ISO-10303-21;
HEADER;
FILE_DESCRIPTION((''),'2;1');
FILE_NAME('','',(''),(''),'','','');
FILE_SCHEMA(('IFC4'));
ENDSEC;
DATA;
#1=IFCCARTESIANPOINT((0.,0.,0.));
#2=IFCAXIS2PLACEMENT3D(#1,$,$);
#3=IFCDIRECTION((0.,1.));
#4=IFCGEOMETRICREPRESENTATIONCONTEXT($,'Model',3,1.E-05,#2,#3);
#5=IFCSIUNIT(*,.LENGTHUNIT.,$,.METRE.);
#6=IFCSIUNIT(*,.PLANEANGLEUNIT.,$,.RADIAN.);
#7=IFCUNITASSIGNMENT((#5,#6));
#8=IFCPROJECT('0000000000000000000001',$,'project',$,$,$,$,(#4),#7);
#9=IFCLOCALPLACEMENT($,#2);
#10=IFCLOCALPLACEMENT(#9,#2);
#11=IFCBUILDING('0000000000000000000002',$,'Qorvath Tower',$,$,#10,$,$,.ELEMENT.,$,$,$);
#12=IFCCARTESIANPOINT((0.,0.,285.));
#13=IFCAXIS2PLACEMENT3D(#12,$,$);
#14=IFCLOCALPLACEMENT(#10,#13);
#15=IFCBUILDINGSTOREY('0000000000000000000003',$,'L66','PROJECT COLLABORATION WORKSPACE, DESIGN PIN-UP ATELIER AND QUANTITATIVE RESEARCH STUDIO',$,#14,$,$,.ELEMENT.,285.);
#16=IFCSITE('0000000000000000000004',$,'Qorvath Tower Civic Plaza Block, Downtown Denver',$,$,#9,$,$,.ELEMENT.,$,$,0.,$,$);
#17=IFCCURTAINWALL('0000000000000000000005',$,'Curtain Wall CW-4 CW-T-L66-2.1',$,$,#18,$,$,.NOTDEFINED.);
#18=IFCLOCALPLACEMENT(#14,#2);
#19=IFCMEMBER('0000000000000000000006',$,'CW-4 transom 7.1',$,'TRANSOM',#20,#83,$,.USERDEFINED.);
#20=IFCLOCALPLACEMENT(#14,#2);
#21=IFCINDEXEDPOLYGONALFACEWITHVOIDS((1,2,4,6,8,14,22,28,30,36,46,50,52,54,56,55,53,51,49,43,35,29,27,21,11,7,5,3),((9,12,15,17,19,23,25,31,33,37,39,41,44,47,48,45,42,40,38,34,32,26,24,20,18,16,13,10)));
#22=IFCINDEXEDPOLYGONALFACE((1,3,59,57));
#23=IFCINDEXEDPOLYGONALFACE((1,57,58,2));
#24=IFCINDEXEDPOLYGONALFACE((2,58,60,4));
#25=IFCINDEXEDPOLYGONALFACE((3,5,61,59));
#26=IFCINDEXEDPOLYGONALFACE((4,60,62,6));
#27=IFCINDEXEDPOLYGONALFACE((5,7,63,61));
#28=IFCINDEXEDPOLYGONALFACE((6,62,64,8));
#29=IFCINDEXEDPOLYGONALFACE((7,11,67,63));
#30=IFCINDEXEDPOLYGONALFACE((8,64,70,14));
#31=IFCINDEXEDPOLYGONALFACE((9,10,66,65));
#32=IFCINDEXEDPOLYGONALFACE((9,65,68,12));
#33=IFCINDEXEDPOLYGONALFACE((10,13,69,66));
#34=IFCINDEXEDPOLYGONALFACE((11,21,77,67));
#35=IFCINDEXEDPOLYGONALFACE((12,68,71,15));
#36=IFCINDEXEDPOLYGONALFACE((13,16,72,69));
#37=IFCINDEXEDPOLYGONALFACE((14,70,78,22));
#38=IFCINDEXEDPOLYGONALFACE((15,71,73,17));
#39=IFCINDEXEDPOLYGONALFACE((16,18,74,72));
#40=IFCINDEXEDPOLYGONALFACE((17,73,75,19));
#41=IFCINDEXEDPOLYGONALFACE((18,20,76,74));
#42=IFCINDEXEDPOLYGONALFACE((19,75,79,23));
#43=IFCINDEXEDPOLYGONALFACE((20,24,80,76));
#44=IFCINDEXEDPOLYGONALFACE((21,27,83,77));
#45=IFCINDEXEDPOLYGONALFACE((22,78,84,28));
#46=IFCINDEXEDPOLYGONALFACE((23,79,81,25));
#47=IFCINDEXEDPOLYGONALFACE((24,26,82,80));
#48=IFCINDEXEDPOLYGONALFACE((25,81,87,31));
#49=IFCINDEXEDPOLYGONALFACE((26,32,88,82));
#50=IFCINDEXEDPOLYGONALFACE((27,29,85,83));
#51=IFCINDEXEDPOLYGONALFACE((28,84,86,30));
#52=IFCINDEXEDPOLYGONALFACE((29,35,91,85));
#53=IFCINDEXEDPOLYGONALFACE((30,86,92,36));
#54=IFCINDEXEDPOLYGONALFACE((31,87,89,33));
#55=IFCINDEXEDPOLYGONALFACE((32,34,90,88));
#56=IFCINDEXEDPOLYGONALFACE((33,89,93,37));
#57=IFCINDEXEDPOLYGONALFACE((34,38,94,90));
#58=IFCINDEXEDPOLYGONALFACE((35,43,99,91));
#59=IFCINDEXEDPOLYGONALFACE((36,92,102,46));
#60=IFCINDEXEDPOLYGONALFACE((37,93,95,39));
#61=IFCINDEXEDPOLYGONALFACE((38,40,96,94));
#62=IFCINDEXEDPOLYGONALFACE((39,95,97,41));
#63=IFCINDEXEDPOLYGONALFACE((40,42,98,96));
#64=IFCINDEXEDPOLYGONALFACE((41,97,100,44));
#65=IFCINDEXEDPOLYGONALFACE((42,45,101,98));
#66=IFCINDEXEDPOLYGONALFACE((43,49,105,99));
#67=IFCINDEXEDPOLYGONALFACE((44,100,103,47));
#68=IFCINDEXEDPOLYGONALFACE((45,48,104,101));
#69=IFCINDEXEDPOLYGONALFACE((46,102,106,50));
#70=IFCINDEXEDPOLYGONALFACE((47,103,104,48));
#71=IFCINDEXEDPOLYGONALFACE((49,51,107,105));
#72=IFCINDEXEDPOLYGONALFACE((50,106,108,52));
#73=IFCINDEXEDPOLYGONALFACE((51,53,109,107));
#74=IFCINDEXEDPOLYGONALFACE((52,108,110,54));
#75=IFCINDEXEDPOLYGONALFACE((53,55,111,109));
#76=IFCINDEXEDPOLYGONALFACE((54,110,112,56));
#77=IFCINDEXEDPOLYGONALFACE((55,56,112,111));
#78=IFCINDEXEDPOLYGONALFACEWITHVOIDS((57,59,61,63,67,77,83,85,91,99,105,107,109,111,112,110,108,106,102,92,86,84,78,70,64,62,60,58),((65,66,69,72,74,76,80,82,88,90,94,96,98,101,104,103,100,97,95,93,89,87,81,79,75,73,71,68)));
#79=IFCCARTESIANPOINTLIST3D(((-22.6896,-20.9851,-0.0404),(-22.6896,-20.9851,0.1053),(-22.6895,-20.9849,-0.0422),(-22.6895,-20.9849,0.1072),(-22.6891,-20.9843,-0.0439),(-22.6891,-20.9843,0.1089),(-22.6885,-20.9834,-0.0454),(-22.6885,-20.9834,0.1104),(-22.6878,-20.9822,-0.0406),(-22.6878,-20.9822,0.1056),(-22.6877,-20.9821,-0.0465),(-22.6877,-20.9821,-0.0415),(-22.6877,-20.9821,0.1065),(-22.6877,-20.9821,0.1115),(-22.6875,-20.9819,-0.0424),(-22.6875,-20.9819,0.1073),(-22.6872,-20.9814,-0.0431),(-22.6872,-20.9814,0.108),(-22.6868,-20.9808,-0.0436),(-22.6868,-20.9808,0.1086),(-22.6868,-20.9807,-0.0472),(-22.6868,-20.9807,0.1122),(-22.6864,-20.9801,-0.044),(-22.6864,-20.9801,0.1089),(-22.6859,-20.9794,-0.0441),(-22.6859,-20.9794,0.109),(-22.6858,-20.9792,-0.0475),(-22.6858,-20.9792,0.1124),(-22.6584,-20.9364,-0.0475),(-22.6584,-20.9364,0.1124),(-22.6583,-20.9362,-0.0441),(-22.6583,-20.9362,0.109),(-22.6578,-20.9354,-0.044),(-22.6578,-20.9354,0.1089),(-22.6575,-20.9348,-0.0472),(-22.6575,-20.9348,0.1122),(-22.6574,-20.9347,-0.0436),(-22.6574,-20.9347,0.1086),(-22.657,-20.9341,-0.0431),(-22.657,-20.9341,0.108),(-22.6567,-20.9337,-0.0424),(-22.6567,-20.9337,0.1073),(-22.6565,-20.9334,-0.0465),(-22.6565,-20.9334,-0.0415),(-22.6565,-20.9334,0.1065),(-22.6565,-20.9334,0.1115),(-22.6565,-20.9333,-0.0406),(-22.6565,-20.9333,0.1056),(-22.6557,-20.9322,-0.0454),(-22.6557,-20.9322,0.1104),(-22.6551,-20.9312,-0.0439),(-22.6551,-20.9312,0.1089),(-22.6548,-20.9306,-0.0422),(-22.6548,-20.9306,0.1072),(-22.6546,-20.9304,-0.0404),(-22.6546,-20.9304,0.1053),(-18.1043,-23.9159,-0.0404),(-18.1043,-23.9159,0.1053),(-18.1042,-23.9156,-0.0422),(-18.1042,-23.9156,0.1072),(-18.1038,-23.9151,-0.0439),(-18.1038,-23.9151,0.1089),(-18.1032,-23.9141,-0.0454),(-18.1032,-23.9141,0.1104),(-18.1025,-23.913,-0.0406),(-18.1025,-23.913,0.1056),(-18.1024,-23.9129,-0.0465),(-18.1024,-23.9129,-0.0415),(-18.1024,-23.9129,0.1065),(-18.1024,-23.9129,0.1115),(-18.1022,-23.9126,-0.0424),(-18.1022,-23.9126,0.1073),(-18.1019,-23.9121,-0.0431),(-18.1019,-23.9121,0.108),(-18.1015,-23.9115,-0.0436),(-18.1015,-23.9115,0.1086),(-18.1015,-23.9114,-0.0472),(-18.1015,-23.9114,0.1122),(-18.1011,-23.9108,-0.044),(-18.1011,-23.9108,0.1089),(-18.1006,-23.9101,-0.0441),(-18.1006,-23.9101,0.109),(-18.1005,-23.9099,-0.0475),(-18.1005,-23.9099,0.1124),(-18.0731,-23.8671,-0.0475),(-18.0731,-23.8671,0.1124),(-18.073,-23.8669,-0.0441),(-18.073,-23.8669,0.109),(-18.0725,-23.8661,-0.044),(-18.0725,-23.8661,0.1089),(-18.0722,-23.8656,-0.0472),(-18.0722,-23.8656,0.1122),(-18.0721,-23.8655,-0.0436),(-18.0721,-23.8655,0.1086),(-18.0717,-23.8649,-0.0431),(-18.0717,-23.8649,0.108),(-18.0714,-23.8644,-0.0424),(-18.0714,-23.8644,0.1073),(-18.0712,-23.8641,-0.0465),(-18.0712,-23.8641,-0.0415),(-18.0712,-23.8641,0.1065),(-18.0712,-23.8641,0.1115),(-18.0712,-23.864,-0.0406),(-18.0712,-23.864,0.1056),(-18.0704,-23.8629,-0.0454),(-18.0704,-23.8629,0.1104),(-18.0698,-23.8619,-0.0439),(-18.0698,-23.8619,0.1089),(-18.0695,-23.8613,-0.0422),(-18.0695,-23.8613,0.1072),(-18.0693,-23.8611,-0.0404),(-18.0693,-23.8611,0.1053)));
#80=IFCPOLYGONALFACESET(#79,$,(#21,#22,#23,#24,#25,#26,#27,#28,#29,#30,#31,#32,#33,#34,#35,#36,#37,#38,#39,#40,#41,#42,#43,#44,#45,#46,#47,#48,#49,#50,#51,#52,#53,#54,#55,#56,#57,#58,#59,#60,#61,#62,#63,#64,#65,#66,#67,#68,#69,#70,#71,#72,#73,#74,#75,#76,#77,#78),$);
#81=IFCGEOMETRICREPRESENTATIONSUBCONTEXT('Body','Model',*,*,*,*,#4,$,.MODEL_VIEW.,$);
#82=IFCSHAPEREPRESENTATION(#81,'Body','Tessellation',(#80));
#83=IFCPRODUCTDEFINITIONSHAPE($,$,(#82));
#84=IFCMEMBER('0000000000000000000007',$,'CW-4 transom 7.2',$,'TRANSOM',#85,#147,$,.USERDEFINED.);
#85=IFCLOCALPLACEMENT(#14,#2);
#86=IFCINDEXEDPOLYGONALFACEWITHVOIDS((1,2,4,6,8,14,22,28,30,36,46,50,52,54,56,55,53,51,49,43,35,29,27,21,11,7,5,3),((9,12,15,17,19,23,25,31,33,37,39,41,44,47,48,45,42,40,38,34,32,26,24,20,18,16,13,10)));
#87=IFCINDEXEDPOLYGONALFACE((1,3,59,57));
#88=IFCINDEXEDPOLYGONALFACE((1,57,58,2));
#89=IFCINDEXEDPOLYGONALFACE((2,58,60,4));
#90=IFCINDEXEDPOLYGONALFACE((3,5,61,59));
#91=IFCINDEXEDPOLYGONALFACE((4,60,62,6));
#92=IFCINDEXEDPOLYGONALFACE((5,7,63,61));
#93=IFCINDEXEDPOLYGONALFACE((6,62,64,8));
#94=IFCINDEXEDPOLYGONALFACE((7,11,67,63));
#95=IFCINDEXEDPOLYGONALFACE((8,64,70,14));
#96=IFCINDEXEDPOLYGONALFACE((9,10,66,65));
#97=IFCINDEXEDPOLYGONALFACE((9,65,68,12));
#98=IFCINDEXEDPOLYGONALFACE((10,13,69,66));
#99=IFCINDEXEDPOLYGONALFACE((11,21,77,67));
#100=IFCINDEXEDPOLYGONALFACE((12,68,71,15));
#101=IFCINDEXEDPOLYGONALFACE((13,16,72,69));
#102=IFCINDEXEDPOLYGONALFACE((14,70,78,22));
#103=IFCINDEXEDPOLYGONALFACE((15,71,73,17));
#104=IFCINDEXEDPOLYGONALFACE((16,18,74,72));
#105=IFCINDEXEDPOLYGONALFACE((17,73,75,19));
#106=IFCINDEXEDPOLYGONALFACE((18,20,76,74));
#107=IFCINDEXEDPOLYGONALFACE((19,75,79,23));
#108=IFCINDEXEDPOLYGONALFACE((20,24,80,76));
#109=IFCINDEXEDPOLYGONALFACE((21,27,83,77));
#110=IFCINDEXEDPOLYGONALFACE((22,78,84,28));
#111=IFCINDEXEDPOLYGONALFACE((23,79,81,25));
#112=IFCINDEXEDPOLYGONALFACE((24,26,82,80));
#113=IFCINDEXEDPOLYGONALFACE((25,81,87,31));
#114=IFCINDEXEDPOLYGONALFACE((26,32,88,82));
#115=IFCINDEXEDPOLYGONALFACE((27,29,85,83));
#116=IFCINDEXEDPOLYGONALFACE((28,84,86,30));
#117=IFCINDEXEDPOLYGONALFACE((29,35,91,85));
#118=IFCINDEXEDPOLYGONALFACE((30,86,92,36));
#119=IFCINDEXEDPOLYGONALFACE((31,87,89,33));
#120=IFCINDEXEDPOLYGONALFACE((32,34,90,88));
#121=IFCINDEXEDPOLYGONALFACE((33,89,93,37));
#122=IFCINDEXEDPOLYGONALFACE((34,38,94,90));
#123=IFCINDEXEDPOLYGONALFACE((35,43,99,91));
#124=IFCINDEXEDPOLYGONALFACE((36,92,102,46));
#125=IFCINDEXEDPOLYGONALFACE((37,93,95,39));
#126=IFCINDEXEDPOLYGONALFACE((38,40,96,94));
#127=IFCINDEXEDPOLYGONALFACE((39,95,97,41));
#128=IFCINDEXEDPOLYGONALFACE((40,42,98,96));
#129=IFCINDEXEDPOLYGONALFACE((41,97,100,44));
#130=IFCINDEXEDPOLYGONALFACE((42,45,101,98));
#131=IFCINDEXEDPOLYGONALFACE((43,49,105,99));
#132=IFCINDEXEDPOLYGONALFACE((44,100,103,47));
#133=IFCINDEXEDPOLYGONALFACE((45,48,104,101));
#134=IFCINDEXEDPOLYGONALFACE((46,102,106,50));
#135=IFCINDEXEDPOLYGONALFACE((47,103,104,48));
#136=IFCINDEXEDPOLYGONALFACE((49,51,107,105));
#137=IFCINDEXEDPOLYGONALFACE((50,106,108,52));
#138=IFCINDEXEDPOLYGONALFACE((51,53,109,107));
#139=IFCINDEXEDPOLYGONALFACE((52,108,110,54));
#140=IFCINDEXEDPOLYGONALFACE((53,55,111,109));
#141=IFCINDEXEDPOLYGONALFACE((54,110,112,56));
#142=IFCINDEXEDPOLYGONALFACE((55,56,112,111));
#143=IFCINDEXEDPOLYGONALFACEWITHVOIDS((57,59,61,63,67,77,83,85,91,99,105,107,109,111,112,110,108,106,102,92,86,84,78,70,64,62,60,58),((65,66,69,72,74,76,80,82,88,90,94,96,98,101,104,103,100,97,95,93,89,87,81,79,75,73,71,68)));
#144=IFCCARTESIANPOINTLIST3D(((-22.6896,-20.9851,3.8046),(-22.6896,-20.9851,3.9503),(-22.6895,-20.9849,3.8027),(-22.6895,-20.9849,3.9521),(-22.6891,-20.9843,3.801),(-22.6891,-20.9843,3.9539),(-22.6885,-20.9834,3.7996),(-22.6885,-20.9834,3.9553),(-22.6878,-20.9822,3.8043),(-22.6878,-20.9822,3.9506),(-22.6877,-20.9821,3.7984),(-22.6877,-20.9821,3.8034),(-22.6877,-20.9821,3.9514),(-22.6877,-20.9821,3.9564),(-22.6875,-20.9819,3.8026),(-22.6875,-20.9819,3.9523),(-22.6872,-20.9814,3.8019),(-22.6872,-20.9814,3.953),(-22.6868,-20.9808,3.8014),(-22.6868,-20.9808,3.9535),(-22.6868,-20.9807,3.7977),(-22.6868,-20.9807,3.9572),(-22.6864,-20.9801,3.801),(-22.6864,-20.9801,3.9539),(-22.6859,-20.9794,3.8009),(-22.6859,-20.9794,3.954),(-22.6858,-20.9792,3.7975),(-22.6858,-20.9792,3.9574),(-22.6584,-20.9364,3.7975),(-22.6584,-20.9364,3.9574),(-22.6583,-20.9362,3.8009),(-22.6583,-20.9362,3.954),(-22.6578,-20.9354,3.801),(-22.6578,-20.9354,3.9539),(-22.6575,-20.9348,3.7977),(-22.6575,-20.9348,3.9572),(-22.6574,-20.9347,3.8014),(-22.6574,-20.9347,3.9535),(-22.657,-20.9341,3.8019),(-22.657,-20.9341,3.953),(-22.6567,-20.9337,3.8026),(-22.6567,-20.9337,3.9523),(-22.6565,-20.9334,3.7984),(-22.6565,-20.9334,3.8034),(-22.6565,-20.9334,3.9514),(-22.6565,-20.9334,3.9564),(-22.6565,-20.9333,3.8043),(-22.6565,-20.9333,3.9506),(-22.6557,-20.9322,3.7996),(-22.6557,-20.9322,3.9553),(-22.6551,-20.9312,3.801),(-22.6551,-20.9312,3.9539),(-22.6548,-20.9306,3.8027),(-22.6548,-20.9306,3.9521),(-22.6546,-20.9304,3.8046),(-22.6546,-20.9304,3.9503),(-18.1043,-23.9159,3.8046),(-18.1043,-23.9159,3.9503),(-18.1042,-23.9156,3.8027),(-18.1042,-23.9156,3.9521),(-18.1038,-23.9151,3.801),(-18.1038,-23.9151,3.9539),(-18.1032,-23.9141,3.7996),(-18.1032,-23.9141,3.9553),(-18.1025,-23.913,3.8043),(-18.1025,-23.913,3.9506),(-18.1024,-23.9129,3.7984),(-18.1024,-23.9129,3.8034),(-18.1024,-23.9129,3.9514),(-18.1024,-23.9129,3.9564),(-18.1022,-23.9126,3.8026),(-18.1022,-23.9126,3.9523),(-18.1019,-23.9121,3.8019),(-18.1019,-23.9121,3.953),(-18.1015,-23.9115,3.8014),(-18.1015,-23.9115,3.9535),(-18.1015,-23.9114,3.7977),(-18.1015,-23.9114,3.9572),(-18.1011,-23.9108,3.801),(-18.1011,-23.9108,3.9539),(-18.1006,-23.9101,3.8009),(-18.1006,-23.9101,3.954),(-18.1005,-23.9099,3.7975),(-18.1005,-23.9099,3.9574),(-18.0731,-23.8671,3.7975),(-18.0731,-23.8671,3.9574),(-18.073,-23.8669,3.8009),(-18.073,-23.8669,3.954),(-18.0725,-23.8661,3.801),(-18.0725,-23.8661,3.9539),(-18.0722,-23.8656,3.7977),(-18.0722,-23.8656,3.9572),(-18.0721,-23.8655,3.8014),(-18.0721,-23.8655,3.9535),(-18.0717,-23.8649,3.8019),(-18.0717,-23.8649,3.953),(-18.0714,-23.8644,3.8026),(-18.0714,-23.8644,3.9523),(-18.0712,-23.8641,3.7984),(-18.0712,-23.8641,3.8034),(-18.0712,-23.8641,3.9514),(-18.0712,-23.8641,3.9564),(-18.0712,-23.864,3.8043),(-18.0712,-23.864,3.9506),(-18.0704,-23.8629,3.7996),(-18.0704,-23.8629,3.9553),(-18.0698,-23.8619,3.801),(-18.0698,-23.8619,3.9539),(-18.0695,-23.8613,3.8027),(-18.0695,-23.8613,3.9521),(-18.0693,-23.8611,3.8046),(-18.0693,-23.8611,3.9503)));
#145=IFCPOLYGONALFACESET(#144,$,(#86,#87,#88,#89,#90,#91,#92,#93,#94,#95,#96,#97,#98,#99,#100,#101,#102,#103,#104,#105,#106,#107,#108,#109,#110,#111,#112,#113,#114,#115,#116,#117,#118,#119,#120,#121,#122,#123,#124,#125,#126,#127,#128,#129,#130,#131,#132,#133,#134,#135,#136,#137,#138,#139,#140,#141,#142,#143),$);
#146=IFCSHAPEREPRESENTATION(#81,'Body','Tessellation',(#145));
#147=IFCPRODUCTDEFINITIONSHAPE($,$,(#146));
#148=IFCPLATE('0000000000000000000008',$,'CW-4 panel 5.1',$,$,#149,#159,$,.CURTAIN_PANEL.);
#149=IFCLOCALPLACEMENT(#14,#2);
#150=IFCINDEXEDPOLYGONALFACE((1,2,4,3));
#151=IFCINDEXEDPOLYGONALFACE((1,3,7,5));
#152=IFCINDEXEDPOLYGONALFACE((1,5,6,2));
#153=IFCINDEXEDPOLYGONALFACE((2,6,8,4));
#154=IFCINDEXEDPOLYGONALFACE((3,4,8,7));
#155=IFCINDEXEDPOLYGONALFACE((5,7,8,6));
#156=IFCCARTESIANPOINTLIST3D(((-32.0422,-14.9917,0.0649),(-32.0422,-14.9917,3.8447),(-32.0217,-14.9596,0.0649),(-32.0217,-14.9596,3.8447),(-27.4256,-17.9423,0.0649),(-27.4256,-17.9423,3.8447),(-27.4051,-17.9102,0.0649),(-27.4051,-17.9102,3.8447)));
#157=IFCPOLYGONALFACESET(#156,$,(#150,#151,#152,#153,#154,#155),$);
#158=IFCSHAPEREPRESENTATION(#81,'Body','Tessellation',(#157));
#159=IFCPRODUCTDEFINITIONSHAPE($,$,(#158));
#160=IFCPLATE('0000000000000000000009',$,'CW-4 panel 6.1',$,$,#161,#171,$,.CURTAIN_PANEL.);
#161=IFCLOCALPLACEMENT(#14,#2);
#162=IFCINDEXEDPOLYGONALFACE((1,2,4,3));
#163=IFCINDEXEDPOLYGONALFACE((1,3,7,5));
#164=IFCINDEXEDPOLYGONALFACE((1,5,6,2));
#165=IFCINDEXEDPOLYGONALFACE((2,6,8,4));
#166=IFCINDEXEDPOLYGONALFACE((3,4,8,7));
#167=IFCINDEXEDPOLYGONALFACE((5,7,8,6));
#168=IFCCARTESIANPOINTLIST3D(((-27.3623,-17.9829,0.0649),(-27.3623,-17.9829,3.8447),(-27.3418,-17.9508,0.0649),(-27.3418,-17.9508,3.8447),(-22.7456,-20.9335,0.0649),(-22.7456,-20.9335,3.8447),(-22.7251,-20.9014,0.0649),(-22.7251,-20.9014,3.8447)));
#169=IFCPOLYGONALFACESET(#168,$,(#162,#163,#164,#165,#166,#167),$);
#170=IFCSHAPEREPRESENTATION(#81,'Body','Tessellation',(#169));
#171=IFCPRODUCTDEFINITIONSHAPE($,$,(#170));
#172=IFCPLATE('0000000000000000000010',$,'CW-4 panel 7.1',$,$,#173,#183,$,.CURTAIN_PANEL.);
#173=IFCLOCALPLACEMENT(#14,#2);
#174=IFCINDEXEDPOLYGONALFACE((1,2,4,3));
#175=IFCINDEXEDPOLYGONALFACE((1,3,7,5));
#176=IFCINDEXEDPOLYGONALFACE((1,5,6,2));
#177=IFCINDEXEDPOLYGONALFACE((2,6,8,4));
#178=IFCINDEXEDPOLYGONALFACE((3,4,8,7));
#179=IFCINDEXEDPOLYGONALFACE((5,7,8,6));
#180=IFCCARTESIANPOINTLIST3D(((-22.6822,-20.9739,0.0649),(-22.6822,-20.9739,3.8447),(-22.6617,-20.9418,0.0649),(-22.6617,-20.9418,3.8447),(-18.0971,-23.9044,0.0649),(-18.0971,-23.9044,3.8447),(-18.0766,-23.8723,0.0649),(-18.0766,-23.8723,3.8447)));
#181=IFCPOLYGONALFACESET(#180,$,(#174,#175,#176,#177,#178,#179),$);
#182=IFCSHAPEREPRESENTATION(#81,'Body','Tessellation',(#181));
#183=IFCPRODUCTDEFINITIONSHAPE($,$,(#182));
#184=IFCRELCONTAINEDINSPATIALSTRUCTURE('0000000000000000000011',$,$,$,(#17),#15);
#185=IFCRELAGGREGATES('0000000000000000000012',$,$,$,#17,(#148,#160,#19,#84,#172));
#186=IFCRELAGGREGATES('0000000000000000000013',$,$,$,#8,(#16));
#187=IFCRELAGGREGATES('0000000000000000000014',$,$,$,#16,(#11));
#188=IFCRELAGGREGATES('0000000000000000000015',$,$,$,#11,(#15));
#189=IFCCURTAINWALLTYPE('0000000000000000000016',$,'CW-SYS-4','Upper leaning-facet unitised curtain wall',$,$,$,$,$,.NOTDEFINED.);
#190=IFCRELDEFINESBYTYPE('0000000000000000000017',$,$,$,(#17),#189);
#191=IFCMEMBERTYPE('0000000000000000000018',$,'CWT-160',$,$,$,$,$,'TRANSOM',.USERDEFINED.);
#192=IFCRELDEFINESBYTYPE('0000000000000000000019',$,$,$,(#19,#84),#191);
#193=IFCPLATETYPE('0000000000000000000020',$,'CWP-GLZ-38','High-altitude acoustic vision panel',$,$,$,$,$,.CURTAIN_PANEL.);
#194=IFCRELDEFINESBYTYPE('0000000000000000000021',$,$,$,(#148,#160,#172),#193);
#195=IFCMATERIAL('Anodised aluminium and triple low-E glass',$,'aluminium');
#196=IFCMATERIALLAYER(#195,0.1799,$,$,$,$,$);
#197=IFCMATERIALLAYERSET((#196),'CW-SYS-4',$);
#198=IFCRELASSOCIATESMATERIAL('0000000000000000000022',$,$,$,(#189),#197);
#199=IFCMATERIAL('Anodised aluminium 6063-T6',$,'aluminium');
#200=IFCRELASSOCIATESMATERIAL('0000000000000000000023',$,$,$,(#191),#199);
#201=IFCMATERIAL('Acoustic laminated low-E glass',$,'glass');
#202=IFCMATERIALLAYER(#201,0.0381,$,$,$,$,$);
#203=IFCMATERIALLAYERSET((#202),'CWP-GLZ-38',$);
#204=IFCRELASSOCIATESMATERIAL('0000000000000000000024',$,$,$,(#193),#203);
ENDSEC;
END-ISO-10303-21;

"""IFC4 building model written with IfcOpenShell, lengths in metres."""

from ifc_helpers import new_model, si_unit, direction, frame, origin, origin_2d, place, context, subcontext, project, spatial, rectangle, hollow_rectangle, extrude, material, layer, layer_set, material_profile, profile_set, type_object, element, aggregate, save


model = new_model("IFC4")

# Units and contexts
model_context = context("Model", 3, precision=1e-05, world=origin(), true_north=direction((0.0, 1.0)))
body_context = subcontext(model_context, "Body", "Model", "MODEL_VIEW")
ifc_project = project(units=[si_unit("LENGTHUNIT", "METRE"), si_unit("PLANEANGLEUNIT", "RADIAN")], contexts=[model_context])

# Site, building, storey
site_placement = place(None, origin())
site = spatial("IfcSite", under=ifc_project, at=site_placement, Name="Qorvath Tower Civic Plaza Block, Downtown Denver", CompositionType="ELEMENT", RefElevation=0.0)
building_placement = place(site_placement, origin())
building = spatial("IfcBuilding", under=site, at=building_placement, Name="Qorvath Tower", CompositionType="ELEMENT")
storey_placement = place(building_placement, frame((0.0, 0.0, 285.0)))
storey = spatial("IfcBuildingStorey", under=building, at=storey_placement, Name="L66", Description="PROJECT COLLABORATION WORKSPACE, DESIGN PIN-UP ATELIER AND QUANTITATIVE RESEARCH STUDIO", CompositionType="ELEMENT", Elevation=285.0)

# Curtain wall, members, plates
ifc_material_1 = material(Name="Anodised aluminium and triple low-E glass", Category="aluminium")
ifc_layer_1 = layer(ifc_material_1, 0.1799)
ifc_layer_set_1 = layer_set([ifc_layer_1], Name="CW-SYS-4")
curtain_wall_type = type_object("IfcCurtainWallType", Name="CW-SYS-4", Description="Upper leaning-facet unitised curtain wall", PredefinedType="NOTDEFINED", material=ifc_layer_set_1)
curtain_wall_placement = place(storey_placement, origin())
curtain_wall = element("IfcCurtainWall", 1, at=curtain_wall_placement, inside=storey, type_object=curtain_wall_type, Name="Curtain Wall CW-4 CW-T-L66-2.1", PredefinedType="NOTDEFINED")
ifc_material_2 = material(Name="Anodised aluminium 6063-T6", Category="aluminium")
ifc_material_profile_1 = material_profile(ifc_material_2, hollow_rectangle(XDim=0.0649, YDim=0.1599, WallThickness=0.0034, InnerFilletRadius=0.0034, OuterFilletRadius=0.0071, at=origin_2d()), Name="CWT 160x65")
ifc_profile_set_1 = profile_set([ifc_material_profile_1], Name="Anodised aluminium 6063-T6")
member_type_1 = type_object("IfcMemberType", Name="CWT-160", ElementType="TRANSOM", PredefinedType="USERDEFINED", material=ifc_profile_set_1)
member_1_placement = place(storey_placement, frame((-22.6721, -20.9578, 0.0325), z_axis=(0.842594, -0.538549, 0.0), x_axis=(0.538549, 0.842594, 0.0)))
member_1 = element("IfcMember", 2, at=member_1_placement, type_object=member_type_1, Name="CW-4 transom 7.1", ObjectType="TRANSOM", PredefinedType="USERDEFINED", context=body_context, shape_type="SweptSolid", body=[
    extrude(hollow_rectangle(XDim=0.0649, YDim=0.1599, WallThickness=0.0034, InnerFilletRadius=0.0034, OuterFilletRadius=0.0071, at=origin_2d()), origin(), (0.0, 0.0, 1.0), 5.4419),
])
member_2_placement = place(storey_placement, frame((-22.6721, -20.9578, 3.8774), z_axis=(0.842594, -0.538549, 0.0), x_axis=(0.538549, 0.842594, 0.0)))
member_2 = element("IfcMember", 3, at=member_2_placement, type_object=member_type_1, Name="CW-4 transom 7.2", ObjectType="TRANSOM", PredefinedType="USERDEFINED", context=body_context, shape_type="SweptSolid", body=[
    extrude(hollow_rectangle(XDim=0.0649, YDim=0.1599, WallThickness=0.0034, InnerFilletRadius=0.0034, OuterFilletRadius=0.0071, at=origin_2d()), origin(), (0.0, 0.0, 1.0), 5.4419),
])
ifc_material_3 = material(Name="Acoustic laminated low-E glass", Category="glass")
ifc_layer_2 = layer(ifc_material_3, 0.0381)
ifc_layer_set_2 = layer_set([ifc_layer_2], Name="CWP-GLZ-38")
plate_type = type_object("IfcPlateType", Name="CWP-GLZ-38", Description="High-altitude acoustic vision panel", PredefinedType="CURTAIN_PANEL", material=ifc_layer_set_2)
plate_1_placement = place(storey_placement, frame((-29.7236, -16.4509, 0.0649), z_axis=(0.0, 0.0, 1.0), x_axis=(0.842605, -0.538532, 0.0)))
plate_1 = element("IfcPlate", 4, at=plate_1_placement, type_object=plate_type, Name="CW-4 panel 5.1", PredefinedType="CURTAIN_PANEL", context=body_context, shape_type="SweptSolid", body=[
    extrude(rectangle(XDim=5.479, YDim=0.0381, at=origin_2d()), origin(), (0.0, 0.0, 1.0), 3.7798),
])
plate_2_placement = place(storey_placement, frame((-25.0437, -19.4421, 0.0649), z_axis=(0.0, 0.0, 1.0), x_axis=(0.842605, -0.538532, 0.0)))
plate_2 = element("IfcPlate", 5, at=plate_2_placement, type_object=plate_type, Name="CW-4 panel 6.1", PredefinedType="CURTAIN_PANEL", context=body_context, shape_type="SweptSolid", body=[
    extrude(rectangle(XDim=5.479, YDim=0.0381, at=origin_2d()), origin(), (0.0, 0.0, 1.0), 3.7798),
])
plate_3_placement = place(storey_placement, frame((-20.3794, -22.4231, 0.0649), z_axis=(0.0, 0.0, 1.0), x_axis=(0.842605, -0.538532, 0.0)))
plate_3 = element("IfcPlate", 6, at=plate_3_placement, type_object=plate_type, Name="CW-4 panel 7.1", PredefinedType="CURTAIN_PANEL", context=body_context, shape_type="SweptSolid", body=[
    extrude(rectangle(XDim=5.4417, YDim=0.0381, at=origin_2d()), origin(), (0.0, 0.0, 1.0), 3.7798),
])
aggregate(curtain_wall, [plate_1, plate_2, member_1, member_2, plate_3])

save(model, "model.ifc")
